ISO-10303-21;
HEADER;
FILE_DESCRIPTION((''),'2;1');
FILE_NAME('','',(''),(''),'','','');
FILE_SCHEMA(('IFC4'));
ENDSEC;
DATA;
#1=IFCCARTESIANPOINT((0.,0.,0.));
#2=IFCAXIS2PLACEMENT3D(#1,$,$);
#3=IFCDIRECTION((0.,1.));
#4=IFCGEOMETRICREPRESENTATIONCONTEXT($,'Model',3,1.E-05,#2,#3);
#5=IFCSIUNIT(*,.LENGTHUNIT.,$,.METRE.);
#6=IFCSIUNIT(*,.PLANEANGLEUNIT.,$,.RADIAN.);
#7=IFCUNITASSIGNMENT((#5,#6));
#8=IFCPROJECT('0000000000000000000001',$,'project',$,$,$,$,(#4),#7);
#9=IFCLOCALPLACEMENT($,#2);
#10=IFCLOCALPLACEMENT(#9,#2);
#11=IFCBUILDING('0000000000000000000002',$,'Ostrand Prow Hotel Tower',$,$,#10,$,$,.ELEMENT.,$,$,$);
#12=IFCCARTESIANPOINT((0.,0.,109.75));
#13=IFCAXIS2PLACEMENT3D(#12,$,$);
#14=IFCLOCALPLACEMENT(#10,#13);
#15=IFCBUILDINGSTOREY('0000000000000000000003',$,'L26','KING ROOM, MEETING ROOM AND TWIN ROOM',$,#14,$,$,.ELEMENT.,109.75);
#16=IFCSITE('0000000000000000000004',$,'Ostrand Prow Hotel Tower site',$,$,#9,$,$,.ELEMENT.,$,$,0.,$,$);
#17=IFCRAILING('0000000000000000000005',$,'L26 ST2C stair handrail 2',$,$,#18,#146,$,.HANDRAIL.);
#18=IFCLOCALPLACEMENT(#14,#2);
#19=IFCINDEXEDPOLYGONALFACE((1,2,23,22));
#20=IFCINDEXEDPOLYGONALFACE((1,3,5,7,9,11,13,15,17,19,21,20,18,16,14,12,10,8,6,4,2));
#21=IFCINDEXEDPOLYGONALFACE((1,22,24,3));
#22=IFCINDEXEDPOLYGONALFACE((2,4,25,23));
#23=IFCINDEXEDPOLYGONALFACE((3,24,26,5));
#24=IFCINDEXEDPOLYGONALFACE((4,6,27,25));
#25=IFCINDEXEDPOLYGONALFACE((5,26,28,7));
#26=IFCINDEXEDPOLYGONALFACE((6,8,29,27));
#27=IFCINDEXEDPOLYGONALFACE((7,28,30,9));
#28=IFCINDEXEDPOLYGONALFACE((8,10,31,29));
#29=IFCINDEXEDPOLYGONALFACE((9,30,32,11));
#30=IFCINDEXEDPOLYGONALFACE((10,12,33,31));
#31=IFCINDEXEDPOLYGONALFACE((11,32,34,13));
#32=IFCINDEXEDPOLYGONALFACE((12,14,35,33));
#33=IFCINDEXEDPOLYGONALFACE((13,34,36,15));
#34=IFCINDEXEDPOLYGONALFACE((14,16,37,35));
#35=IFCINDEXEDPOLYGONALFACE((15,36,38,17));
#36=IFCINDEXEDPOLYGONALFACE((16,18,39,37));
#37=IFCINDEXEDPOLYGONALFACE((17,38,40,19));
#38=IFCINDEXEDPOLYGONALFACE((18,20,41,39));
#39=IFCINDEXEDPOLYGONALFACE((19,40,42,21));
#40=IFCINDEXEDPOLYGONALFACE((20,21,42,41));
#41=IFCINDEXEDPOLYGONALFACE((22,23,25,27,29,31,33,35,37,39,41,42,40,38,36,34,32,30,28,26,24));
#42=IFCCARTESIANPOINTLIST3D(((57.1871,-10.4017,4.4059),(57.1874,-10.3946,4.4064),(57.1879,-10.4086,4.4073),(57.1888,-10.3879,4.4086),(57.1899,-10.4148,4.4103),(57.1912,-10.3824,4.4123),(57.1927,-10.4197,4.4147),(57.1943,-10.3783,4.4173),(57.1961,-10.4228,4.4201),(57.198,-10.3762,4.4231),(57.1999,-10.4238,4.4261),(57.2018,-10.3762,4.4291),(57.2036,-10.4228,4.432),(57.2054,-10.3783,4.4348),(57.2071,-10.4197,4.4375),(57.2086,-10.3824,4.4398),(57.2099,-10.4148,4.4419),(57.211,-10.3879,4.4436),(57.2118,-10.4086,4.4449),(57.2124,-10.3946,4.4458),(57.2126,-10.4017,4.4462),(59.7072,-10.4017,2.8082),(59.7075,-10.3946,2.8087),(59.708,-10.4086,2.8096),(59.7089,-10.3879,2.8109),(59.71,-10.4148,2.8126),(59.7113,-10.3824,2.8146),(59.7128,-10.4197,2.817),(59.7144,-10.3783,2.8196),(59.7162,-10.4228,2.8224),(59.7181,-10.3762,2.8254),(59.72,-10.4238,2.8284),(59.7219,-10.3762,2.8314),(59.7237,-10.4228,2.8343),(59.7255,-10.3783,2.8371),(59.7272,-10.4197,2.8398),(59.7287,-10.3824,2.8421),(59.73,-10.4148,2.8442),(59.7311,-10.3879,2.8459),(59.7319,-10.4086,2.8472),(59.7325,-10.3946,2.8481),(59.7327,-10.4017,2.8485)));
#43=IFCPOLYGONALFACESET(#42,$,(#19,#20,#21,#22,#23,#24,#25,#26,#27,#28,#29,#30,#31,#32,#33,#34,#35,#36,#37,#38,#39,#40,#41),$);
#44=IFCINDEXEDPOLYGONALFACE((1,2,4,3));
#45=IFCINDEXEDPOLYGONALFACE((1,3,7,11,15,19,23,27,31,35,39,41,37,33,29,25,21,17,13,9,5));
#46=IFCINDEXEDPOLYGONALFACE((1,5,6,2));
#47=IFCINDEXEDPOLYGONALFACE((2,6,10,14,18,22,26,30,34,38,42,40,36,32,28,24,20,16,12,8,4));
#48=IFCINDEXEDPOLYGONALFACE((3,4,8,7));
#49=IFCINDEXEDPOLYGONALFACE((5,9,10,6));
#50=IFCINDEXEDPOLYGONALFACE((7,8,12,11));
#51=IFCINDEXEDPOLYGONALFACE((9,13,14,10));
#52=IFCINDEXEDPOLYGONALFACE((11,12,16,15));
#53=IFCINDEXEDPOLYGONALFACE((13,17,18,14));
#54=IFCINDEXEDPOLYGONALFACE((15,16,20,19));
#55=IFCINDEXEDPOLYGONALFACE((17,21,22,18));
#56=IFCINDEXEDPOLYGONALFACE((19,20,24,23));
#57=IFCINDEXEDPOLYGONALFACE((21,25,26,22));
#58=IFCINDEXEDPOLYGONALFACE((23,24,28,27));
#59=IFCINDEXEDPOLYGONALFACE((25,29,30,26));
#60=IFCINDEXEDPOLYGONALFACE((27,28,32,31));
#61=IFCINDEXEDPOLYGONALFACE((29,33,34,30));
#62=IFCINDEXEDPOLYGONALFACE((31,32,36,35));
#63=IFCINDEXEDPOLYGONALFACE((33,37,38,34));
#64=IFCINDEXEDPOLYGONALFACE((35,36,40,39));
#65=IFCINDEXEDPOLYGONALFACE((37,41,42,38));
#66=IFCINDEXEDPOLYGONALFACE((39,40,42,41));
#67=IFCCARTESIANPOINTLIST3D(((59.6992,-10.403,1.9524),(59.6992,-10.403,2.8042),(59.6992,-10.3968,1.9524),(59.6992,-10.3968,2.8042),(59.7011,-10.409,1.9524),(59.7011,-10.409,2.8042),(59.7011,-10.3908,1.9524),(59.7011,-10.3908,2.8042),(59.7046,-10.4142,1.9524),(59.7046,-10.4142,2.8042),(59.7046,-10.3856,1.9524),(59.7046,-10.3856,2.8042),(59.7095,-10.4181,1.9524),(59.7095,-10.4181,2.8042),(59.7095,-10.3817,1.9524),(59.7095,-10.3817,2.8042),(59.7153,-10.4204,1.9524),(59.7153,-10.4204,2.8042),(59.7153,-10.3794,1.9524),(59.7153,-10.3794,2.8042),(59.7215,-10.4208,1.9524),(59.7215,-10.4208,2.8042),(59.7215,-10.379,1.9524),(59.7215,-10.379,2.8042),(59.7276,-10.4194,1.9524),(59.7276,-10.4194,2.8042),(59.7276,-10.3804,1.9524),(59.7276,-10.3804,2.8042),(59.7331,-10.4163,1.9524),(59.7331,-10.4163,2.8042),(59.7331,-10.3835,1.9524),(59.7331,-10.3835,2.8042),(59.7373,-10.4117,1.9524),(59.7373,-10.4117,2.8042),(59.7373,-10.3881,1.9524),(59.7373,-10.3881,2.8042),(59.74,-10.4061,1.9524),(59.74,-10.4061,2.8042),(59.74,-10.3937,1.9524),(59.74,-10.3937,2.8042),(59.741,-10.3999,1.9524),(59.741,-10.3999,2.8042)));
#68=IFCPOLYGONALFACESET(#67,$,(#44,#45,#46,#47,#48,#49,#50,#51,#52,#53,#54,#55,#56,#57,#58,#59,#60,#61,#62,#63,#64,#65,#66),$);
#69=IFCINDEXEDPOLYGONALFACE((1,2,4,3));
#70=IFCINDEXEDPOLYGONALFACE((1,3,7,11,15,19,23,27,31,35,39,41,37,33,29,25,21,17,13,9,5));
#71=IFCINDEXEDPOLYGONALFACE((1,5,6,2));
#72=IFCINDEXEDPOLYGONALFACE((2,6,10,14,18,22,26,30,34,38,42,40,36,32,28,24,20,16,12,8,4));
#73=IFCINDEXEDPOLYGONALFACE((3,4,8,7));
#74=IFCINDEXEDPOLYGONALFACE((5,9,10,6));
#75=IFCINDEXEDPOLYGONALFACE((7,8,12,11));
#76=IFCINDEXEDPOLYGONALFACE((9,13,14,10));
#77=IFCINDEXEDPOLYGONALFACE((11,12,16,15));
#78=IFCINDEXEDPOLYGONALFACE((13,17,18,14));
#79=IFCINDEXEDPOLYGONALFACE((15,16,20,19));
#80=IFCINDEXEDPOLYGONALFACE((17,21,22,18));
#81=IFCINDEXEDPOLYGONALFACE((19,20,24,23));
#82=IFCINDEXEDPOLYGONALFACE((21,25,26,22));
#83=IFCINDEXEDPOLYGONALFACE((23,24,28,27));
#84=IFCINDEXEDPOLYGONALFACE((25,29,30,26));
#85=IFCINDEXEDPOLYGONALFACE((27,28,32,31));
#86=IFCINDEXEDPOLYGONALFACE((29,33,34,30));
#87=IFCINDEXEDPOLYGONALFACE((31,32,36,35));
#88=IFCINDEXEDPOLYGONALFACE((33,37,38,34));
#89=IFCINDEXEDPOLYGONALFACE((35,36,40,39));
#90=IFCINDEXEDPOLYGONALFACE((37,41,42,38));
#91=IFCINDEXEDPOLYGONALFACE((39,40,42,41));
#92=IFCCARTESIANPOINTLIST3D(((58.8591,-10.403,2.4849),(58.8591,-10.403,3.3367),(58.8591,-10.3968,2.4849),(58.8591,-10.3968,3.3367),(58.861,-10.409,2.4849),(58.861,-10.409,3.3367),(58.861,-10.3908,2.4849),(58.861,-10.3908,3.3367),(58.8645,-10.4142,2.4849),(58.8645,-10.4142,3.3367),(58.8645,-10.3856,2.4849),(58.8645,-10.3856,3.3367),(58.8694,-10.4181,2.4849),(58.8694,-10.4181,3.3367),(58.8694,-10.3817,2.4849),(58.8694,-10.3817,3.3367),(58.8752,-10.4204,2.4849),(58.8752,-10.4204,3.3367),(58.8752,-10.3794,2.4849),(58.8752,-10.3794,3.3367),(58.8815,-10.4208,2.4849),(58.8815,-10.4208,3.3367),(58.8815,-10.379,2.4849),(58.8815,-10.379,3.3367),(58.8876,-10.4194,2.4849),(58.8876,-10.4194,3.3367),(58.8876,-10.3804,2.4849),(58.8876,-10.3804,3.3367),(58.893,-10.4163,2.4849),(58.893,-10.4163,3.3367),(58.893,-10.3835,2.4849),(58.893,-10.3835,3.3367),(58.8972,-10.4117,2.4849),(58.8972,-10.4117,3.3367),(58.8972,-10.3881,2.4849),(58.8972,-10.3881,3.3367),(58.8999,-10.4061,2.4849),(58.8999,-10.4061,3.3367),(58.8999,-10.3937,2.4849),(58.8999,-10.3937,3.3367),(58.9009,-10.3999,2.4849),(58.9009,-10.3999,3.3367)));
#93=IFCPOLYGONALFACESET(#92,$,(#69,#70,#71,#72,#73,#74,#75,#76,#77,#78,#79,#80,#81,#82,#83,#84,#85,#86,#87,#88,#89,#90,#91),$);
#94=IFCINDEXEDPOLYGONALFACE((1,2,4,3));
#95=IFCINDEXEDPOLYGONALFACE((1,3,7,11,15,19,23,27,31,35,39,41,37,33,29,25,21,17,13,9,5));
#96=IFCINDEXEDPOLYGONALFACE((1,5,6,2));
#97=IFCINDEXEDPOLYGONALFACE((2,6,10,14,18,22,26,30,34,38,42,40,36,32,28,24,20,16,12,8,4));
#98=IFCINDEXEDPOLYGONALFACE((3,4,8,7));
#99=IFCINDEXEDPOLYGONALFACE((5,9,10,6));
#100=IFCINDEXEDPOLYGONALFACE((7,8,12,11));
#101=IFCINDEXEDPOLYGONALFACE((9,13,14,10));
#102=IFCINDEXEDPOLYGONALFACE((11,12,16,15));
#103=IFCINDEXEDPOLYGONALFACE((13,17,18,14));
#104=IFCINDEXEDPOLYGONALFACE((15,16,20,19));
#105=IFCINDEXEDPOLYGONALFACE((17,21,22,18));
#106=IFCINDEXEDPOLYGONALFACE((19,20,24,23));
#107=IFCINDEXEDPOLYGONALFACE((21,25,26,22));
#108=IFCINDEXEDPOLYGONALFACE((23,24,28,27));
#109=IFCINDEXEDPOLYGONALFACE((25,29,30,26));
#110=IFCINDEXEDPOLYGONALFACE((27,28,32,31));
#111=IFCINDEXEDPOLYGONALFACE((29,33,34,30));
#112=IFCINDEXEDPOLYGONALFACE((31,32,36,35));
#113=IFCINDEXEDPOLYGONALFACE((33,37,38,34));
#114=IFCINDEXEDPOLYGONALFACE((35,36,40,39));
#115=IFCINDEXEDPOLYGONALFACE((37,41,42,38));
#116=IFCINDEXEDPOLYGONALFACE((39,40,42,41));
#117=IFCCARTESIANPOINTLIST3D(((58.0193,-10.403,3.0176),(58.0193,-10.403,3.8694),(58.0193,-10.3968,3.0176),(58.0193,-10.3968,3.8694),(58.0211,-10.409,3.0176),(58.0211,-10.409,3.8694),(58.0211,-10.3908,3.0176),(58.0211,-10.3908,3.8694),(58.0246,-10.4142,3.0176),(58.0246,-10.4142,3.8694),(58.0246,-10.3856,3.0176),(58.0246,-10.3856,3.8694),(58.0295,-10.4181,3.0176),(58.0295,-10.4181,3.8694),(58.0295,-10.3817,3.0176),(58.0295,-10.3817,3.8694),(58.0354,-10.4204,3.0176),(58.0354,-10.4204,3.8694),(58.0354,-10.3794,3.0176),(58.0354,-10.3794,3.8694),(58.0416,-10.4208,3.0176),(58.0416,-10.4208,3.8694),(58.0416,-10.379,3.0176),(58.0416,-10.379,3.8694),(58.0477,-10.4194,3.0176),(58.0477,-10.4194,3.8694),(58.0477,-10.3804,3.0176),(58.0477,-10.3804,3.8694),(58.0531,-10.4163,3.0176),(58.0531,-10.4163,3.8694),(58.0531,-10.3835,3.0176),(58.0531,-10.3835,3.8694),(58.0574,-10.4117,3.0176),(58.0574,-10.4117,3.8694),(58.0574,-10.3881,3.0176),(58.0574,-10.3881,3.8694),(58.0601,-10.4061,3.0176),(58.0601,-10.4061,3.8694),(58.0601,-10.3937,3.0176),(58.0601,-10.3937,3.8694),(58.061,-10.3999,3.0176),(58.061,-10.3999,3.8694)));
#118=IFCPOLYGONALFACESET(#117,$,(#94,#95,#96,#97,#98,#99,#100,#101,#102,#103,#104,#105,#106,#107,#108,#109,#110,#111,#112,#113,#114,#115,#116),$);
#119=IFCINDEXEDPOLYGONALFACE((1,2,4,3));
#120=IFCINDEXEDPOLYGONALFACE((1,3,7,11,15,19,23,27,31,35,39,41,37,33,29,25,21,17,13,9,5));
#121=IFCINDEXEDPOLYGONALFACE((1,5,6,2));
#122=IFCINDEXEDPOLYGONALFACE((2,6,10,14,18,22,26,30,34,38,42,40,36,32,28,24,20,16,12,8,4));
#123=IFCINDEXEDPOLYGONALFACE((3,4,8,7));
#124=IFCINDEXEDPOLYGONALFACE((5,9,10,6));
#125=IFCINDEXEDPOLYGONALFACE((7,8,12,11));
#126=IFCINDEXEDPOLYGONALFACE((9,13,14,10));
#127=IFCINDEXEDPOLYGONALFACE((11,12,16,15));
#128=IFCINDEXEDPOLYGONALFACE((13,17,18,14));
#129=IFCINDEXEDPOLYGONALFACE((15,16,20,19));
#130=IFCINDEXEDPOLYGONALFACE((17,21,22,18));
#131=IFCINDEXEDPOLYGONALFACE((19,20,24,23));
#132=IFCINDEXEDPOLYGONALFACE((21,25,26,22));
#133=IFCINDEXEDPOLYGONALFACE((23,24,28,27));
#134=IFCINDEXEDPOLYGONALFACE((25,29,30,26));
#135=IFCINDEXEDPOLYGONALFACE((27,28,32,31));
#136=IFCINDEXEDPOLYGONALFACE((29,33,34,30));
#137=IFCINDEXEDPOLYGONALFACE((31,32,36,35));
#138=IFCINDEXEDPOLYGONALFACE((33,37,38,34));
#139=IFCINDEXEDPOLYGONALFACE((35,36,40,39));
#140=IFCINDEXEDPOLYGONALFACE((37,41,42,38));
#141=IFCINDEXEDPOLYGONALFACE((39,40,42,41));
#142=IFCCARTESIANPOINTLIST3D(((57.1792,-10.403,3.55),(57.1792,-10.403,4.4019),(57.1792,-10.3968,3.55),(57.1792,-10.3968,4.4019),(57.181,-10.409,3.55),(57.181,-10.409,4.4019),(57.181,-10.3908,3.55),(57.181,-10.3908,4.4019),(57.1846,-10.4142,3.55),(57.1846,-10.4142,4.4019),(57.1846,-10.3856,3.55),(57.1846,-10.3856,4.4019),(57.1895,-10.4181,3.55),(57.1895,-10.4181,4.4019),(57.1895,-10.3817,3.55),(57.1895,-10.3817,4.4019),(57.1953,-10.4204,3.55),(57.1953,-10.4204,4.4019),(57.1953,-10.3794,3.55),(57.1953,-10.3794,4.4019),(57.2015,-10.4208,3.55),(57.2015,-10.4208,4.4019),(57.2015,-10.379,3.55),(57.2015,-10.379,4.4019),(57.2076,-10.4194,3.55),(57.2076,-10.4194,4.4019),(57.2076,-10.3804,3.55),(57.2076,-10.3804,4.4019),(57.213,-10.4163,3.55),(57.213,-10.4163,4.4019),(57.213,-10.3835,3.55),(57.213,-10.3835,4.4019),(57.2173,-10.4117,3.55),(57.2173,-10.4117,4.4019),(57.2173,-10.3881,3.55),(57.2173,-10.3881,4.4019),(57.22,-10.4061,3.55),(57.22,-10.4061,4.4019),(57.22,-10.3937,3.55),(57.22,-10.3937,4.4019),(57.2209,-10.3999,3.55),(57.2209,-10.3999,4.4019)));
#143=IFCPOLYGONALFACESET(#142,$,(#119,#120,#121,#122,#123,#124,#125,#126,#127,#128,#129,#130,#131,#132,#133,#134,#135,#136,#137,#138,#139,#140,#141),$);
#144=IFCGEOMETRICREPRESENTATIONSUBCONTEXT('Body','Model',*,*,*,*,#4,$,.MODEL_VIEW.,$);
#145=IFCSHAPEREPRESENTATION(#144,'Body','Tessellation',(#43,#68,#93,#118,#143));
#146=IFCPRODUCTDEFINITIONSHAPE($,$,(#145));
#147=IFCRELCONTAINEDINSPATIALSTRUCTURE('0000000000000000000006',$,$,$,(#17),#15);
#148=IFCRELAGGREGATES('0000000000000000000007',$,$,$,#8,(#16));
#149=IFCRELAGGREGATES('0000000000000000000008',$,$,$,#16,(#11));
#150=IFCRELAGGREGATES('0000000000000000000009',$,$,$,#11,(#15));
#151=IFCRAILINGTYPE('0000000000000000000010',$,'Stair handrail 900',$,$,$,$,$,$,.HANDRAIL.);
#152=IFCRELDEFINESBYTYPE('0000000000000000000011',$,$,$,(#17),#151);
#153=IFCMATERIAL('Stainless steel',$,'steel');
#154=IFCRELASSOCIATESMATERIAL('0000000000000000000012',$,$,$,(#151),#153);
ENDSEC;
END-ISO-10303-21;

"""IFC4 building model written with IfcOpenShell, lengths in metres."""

from ifc_helpers import new_model, si_unit, direction, frame, origin, origin_2d, place, context, subcontext, project, spatial, circle, extrude, material, type_object, element, save


model = new_model("IFC4")

# Units and contexts
model_context = context("Model", 3, precision=1e-05, world=origin(), true_north=direction((0.0, 1.0)))
body_context = subcontext(model_context, "Body", "Model", "MODEL_VIEW")
ifc_project = project(units=[si_unit("LENGTHUNIT", "METRE"), si_unit("PLANEANGLEUNIT", "RADIAN")], contexts=[model_context])

# Site, building, storey
site_placement = place(None, origin())
site = spatial("IfcSite", under=ifc_project, at=site_placement, Name="Ostrand Prow Hotel Tower site", CompositionType="ELEMENT", RefElevation=0.0)
building_placement = place(site_placement, origin())
building = spatial("IfcBuilding", under=site, at=building_placement, Name="Ostrand Prow Hotel Tower", CompositionType="ELEMENT")
storey_placement = place(building_placement, frame((0.0, 0.0, 109.75)))
storey = spatial("IfcBuildingStorey", under=building, at=storey_placement, Name="L26", Description="KING ROOM, MEETING ROOM AND TWIN ROOM", CompositionType="ELEMENT", Elevation=109.75)

# Railing
ifc_material_1 = material(Name="Stainless steel", Category="steel")
railing_type_1 = type_object("IfcRailingType", Name="Stair handrail 900", PredefinedType="HANDRAIL", material=ifc_material_1)
railing_1_placement = place(storey_placement, frame((59.72, -10.3999, 1.9524)))
element("IfcRailing", 1, at=railing_1_placement, inside=storey, type_object=railing_type_1, Name="L26 ST2C stair handrail 2", PredefinedType="HANDRAIL", context=body_context, shape_type="SweptSolid", body=[
    extrude(circle(Radius=0.0239, at=origin_2d()), frame((0.0, 0.0, 0.876), z_axis=(-0.84457, 0.0, 0.535445), x_axis=(0.0, -1.0, 0.0)), (0.0, 0.0, 1.0), 2.9839),
    extrude(circle(Radius=0.021, at=origin_2d()), origin(), (0.0, 0.0, 1.0), 0.8518),
    extrude(circle(Radius=0.021, at=origin_2d()), frame((-0.8401, 0.0, 0.5325)), (0.0, 0.0, 1.0), 0.8518),
    extrude(circle(Radius=0.021, at=origin_2d()), frame((-1.6799, 0.0, 1.0652)), (0.0, 0.0, 1.0), 0.8518),
    extrude(circle(Radius=0.021, at=origin_2d()), frame((-2.52, 0.0, 1.5977)), (0.0, 0.0, 1.0), 0.8518),
])

save(model, "model.ifc")
